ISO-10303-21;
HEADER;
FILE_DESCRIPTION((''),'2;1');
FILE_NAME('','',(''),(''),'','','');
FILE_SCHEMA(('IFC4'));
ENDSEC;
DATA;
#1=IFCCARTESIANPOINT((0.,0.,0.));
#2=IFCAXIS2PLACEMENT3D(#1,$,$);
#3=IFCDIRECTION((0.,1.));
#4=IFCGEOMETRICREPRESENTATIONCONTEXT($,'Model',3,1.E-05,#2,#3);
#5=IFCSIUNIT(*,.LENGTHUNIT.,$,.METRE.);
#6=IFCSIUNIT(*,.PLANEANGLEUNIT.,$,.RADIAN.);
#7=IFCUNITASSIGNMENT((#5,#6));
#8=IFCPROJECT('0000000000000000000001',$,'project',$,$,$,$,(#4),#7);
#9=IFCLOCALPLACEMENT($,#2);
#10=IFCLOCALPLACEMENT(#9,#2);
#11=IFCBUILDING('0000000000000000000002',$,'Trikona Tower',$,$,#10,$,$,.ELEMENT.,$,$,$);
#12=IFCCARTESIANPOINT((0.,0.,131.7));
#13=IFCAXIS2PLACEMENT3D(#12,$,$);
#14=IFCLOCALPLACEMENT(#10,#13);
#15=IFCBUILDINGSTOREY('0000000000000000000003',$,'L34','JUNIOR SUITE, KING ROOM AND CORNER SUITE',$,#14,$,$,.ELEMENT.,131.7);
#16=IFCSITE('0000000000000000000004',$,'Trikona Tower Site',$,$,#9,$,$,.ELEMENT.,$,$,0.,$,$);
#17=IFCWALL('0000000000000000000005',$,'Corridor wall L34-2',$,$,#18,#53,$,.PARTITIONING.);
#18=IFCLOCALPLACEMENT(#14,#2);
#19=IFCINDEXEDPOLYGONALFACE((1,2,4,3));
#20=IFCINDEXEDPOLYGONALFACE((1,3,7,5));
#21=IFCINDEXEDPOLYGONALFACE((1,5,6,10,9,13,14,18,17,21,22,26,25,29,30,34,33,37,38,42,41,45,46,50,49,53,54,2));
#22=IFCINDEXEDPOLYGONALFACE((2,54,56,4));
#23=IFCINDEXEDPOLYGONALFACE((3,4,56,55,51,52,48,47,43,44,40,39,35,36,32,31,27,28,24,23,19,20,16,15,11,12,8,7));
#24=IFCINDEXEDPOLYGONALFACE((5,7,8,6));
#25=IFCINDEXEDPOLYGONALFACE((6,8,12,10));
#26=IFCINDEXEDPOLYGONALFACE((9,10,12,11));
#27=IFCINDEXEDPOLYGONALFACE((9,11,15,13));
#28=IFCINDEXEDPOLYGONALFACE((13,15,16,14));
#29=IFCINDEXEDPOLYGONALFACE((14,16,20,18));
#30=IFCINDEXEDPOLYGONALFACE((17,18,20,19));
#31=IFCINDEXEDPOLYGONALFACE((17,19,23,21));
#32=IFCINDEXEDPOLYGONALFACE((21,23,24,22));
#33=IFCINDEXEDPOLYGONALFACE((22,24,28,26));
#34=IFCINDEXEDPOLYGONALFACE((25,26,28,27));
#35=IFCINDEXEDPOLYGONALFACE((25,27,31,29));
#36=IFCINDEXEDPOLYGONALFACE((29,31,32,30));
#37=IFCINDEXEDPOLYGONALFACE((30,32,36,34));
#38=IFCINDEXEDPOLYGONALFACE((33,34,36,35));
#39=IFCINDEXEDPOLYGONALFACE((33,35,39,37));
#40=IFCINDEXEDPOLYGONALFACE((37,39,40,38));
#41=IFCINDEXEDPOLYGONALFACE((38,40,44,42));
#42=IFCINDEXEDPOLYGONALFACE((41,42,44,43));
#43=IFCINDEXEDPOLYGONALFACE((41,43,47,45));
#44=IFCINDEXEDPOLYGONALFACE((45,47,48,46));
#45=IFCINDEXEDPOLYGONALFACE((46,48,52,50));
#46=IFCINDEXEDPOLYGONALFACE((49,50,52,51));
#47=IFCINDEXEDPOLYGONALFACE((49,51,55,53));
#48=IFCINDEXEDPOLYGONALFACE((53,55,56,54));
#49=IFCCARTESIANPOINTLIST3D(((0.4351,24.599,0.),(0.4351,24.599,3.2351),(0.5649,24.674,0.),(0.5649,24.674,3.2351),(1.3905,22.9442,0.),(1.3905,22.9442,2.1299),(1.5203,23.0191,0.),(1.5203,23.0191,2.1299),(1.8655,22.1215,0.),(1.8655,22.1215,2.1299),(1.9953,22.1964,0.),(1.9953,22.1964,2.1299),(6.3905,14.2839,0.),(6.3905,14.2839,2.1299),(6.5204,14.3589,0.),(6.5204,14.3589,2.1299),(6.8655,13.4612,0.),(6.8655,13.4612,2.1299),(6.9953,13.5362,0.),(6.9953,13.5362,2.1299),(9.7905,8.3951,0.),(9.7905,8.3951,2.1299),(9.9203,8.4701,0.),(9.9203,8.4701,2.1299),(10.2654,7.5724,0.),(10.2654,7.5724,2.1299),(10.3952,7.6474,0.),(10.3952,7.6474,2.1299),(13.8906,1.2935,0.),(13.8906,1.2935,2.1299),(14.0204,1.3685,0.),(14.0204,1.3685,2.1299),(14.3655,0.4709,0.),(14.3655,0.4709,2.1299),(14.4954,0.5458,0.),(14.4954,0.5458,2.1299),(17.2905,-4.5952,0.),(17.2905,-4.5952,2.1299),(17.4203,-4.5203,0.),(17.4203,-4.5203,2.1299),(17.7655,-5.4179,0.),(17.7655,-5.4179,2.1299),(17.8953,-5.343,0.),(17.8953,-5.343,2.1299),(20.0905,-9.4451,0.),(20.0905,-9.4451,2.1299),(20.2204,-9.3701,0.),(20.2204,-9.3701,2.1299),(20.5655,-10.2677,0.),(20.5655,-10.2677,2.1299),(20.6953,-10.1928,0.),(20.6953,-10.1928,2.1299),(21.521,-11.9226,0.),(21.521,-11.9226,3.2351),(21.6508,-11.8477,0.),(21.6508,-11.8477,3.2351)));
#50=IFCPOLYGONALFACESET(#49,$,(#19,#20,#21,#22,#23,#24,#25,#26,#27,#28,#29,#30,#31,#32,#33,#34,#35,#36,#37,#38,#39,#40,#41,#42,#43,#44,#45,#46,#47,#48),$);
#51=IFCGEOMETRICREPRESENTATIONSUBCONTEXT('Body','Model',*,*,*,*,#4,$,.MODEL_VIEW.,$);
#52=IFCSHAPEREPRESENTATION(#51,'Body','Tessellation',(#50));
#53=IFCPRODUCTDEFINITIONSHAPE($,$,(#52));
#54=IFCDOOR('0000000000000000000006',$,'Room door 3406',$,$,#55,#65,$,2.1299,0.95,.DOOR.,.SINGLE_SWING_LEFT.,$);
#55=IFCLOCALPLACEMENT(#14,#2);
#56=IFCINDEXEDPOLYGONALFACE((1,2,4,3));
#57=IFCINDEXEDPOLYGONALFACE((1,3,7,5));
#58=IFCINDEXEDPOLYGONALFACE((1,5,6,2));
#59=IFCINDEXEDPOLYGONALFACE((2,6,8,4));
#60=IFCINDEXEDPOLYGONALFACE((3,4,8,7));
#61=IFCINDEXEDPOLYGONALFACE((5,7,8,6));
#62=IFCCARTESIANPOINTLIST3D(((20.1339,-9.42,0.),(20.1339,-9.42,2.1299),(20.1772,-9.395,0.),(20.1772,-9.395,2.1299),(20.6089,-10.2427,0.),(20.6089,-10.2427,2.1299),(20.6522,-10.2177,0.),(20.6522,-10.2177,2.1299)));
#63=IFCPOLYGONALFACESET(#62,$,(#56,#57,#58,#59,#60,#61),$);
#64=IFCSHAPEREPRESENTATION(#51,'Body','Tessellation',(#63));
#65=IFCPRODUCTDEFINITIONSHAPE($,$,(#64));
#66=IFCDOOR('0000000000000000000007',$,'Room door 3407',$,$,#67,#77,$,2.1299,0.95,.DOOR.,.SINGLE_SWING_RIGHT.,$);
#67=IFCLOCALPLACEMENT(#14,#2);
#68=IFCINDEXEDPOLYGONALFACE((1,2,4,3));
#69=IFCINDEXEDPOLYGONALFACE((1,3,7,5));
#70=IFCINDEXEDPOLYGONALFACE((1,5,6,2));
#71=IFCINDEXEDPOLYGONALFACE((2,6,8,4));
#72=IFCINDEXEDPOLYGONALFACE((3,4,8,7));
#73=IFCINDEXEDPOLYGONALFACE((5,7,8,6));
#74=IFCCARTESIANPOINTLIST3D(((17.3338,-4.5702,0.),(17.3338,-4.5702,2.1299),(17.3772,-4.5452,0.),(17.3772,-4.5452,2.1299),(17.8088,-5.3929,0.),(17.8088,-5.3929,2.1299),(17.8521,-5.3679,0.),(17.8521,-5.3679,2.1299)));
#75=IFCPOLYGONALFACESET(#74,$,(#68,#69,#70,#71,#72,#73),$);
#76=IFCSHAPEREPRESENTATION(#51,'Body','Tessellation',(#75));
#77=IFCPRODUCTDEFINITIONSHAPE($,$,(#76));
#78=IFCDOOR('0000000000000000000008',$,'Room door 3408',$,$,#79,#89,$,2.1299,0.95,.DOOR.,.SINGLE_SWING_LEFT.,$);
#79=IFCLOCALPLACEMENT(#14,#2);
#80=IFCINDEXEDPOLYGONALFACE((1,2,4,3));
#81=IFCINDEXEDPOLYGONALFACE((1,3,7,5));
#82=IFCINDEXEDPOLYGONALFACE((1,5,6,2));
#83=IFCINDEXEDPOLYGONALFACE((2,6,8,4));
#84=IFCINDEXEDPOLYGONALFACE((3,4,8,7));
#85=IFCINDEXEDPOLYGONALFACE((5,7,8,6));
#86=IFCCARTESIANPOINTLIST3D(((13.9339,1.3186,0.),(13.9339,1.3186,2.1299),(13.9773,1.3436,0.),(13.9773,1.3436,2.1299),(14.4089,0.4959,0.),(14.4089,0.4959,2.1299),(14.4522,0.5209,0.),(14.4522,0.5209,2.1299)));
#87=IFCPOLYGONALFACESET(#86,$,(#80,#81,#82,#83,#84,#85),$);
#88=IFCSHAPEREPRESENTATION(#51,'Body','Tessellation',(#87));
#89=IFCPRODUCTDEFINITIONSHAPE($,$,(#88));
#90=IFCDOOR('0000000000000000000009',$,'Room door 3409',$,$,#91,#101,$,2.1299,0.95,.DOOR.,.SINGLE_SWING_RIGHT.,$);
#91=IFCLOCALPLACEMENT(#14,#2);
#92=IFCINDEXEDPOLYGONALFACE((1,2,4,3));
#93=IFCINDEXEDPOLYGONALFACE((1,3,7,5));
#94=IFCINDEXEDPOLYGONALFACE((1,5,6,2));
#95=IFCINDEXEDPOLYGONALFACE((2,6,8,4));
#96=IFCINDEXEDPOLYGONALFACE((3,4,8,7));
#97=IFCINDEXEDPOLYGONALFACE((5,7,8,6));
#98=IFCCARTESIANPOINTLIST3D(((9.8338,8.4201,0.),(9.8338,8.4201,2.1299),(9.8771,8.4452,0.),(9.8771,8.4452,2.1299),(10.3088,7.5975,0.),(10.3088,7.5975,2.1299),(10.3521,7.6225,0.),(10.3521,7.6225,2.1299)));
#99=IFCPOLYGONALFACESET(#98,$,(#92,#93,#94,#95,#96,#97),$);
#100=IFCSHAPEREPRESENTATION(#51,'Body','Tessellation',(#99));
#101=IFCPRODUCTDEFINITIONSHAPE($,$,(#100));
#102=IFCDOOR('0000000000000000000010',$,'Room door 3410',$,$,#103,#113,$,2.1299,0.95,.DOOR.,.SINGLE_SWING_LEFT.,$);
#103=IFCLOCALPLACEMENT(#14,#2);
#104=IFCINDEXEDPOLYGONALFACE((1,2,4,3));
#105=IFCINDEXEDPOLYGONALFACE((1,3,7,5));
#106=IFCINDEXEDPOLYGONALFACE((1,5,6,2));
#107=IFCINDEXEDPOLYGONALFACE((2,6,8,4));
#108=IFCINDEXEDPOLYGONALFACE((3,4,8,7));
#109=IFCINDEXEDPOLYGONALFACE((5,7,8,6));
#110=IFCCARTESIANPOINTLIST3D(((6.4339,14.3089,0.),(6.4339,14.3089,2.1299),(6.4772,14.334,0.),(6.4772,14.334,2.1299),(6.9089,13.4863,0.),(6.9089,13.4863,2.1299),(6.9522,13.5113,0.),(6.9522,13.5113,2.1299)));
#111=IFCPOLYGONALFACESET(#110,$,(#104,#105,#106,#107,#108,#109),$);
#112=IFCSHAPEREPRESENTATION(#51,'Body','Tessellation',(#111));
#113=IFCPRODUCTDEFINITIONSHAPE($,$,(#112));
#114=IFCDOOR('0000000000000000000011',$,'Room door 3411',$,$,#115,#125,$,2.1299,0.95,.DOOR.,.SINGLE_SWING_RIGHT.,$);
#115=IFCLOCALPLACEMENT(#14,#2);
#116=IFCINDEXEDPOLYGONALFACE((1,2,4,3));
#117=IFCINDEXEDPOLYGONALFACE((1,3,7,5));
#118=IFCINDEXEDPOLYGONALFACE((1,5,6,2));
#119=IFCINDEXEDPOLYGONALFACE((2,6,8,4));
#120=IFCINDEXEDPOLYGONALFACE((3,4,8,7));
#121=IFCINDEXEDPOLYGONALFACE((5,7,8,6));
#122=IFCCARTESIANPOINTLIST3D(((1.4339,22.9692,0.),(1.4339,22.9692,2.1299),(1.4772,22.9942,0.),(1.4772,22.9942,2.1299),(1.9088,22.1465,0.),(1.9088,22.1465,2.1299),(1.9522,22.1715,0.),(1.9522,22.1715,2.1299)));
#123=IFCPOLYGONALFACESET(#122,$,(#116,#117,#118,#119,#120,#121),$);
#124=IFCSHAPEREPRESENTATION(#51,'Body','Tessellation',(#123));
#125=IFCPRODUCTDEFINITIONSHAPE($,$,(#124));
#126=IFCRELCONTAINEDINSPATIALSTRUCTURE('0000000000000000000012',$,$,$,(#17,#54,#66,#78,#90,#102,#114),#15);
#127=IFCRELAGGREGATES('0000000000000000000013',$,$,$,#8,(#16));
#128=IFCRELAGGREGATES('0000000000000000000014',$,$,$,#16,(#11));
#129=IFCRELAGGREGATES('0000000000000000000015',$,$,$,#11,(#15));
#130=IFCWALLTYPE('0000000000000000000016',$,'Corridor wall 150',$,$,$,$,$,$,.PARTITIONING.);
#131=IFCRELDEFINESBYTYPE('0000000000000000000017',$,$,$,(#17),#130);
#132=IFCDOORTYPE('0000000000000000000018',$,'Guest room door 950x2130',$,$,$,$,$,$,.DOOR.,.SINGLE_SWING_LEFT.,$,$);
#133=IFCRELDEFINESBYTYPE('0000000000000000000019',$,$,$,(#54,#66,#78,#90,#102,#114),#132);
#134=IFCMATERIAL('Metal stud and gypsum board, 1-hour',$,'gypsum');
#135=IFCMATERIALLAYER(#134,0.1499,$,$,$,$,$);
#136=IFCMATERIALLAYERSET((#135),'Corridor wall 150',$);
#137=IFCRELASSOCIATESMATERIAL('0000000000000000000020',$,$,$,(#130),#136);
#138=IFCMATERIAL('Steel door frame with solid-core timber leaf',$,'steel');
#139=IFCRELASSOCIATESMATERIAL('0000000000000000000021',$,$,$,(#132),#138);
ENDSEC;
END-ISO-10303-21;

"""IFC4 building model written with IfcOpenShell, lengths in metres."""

from ifc_helpers import new_model, si_unit, direction, frame, frame_2d, origin, place, context, subcontext, project, spatial, rectangle, extrude, material, layer, layer_set, type_object, element, fill, save


model = new_model("IFC4")

# Units and contexts
model_context = context("Model", 3, precision=1e-05, world=origin(), true_north=direction((0.0, 1.0)))
body_context = subcontext(model_context, "Body", "Model", "MODEL_VIEW")
ifc_project = project(units=[si_unit("LENGTHUNIT", "METRE"), si_unit("PLANEANGLEUNIT", "RADIAN")], contexts=[model_context])

# Site, building, storey
site_placement = place(None, origin())
site = spatial("IfcSite", under=ifc_project, at=site_placement, Name="Trikona Tower Site", CompositionType="ELEMENT", RefElevation=0.0)
building_placement = place(site_placement, origin())
building = spatial("IfcBuilding", under=site, at=building_placement, Name="Trikona Tower", CompositionType="ELEMENT")
storey_placement = place(building_placement, frame((0.0, 0.0, 131.7)))
storey = spatial("IfcBuildingStorey", under=building, at=storey_placement, Name="L34", Description="JUNIOR SUITE, KING ROOM AND CORNER SUITE", CompositionType="ELEMENT", Elevation=131.7)

# Wall, openings, doors
ifc_material_1 = material(Name="Metal stud and gypsum board, 1-hour", Category="gypsum")
ifc_layer_1 = layer(ifc_material_1, 0.1499)
ifc_layer_set_1 = layer_set([ifc_layer_1], Name="Corridor wall 150")
wall_type_1 = type_object("IfcWallType", Name="Corridor wall 150", PredefinedType="PARTITIONING", material=ifc_layer_set_1)
wall_1_placement = place(storey_placement, frame((21.5859, -11.8853, 0.0), z_axis=(0.0, 0.0, 1.0), x_axis=(-0.500002, 0.866024, 0.0)))
wall_1 = element("IfcWall", 1, at=wall_1_placement, inside=storey, type_object=wall_type_1, Name="Corridor wall L34-2", PredefinedType="PARTITIONING", context=body_context, shape_type="SweptSolid", body=[
    extrude(rectangle(XDim=42.1716, YDim=0.1499, at=frame_2d((21.0859, 0.0))), origin(), (0.0, 0.0, 1.0), 3.2351),
])
opening_1_placement = place(wall_1_placement, frame((1.9109, 0.0, 0.0)))
opening_1 = element("IfcOpeningElement", 2, at=opening_1_placement, cuts=wall_1, PredefinedType="OPENING", context=body_context, shape_type="SweptSolid", body=[
    extrude(rectangle(XDim=0.95, YDim=2.1299, at=frame_2d((0.4751, 1.0649))), frame((0.0, 0.085, 0.0), z_axis=(0.0, -1.0, 0.0), x_axis=(1.0, 0.0, 0.0)), (0.0, 0.0, 1.0), 0.1699),
])
opening_2_placement = place(wall_1_placement, frame((7.511, 0.0, 0.0)))
opening_2 = element("IfcOpeningElement", 3, at=opening_2_placement, cuts=wall_1, PredefinedType="OPENING", context=body_context, shape_type="SweptSolid", body=[
    extrude(rectangle(XDim=0.95, YDim=2.1299, at=frame_2d((0.4751, 1.0649))), frame((0.0, 0.085, 0.0), z_axis=(0.0, -1.0, 0.0), x_axis=(1.0, 0.0, 0.0)), (0.0, 0.0, 1.0), 0.1699),
])
opening_3_placement = place(wall_1_placement, frame((14.3108, 0.0, 0.0)))
opening_3 = element("IfcOpeningElement", 4, at=opening_3_placement, cuts=wall_1, PredefinedType="OPENING", context=body_context, shape_type="SweptSolid", body=[
    extrude(rectangle(XDim=0.95, YDim=2.1299, at=frame_2d((0.4751, 1.0649))), frame((0.0, 0.085, 0.0), z_axis=(0.0, -1.0, 0.0), x_axis=(1.0, 0.0, 0.0)), (0.0, 0.0, 1.0), 0.1699),
])
opening_4_placement = place(wall_1_placement, frame((22.511, 0.0, 0.0)))
opening_4 = element("IfcOpeningElement", 5, at=opening_4_placement, cuts=wall_1, PredefinedType="OPENING", context=body_context, shape_type="SweptSolid", body=[
    extrude(rectangle(XDim=0.95, YDim=2.1299, at=frame_2d((0.4751, 1.0649))), frame((0.0, 0.085, 0.0), z_axis=(0.0, -1.0, 0.0), x_axis=(1.0, 0.0, 0.0)), (0.0, 0.0, 1.0), 0.1699),
])
opening_5_placement = place(wall_1_placement, frame((29.3108, 0.0, 0.0)))
opening_5 = element("IfcOpeningElement", 6, at=opening_5_placement, cuts=wall_1, PredefinedType="OPENING", context=body_context, shape_type="SweptSolid", body=[
    extrude(rectangle(XDim=0.95, YDim=2.1299, at=frame_2d((0.4751, 1.0649))), frame((0.0, 0.085, 0.0), z_axis=(0.0, -1.0, 0.0), x_axis=(1.0, 0.0, 0.0)), (0.0, 0.0, 1.0), 0.1699),
])
opening_6_placement = place(wall_1_placement, frame((39.3108, 0.0, 0.0)))
opening_6 = element("IfcOpeningElement", 7, at=opening_6_placement, cuts=wall_1, PredefinedType="OPENING", context=body_context, shape_type="SweptSolid", body=[
    extrude(rectangle(XDim=0.95, YDim=2.1299, at=frame_2d((0.4751, 1.0649))), frame((0.0, 0.085, 0.0), z_axis=(0.0, -1.0, 0.0), x_axis=(1.0, 0.0, 0.0)), (0.0, 0.0, 1.0), 0.1699),
])
ifc_material_2 = material(Name="Steel door frame with solid-core timber leaf", Category="steel")
door_type = type_object("IfcDoorType", Name="Guest room door 950x2130", OperationType="SINGLE_SWING_LEFT", PredefinedType="DOOR", material=ifc_material_2)
door_1_placement = place(opening_1_placement, origin())
door_1 = element("IfcDoor", 8, at=door_1_placement, inside=storey, type_object=door_type, Name="Room door 3406", OperationType="SINGLE_SWING_LEFT", OverallHeight=2.1299, OverallWidth=0.95, PredefinedType="DOOR", context=body_context, shape_type="SweptSolid", body=[
    extrude(rectangle(XDim=0.95, YDim=2.1299, at=frame_2d((0.4751, 1.0649))), frame((0.0, 0.0249, 0.0), z_axis=(0.0, -1.0, 0.0), x_axis=(1.0, 0.0, 0.0)), (0.0, 0.0, 1.0), 0.05),
])
fill(opening_1, door_1)
door_2_placement = place(opening_2_placement, origin())
door_2 = element("IfcDoor", 9, at=door_2_placement, inside=storey, type_object=door_type, Name="Room door 3407", OperationType="SINGLE_SWING_RIGHT", OverallHeight=2.1299, OverallWidth=0.95, PredefinedType="DOOR", context=body_context, shape_type="SweptSolid", body=[
    extrude(rectangle(XDim=0.95, YDim=2.1299, at=frame_2d((0.4751, 1.0649))), frame((0.0, 0.0249, 0.0), z_axis=(0.0, -1.0, 0.0), x_axis=(1.0, 0.0, 0.0)), (0.0, 0.0, 1.0), 0.05),
])
fill(opening_2, door_2)
door_3_placement = place(opening_3_placement, origin())
door_3 = element("IfcDoor", 10, at=door_3_placement, inside=storey, type_object=door_type, Name="Room door 3408", OperationType="SINGLE_SWING_LEFT", OverallHeight=2.1299, OverallWidth=0.95, PredefinedType="DOOR", context=body_context, shape_type="SweptSolid", body=[
    extrude(rectangle(XDim=0.95, YDim=2.1299, at=frame_2d((0.4751, 1.0649))), frame((0.0, 0.0249, 0.0), z_axis=(0.0, -1.0, 0.0), x_axis=(1.0, 0.0, 0.0)), (0.0, 0.0, 1.0), 0.05),
])
fill(opening_3, door_3)
door_4_placement = place(opening_4_placement, origin())
door_4 = element("IfcDoor", 11, at=door_4_placement, inside=storey, type_object=door_type, Name="Room door 3409", OperationType="SINGLE_SWING_RIGHT", OverallHeight=2.1299, OverallWidth=0.95, PredefinedType="DOOR", context=body_context, shape_type="SweptSolid", body=[
    extrude(rectangle(XDim=0.95, YDim=2.1299, at=frame_2d((0.4751, 1.0649))), frame((0.0, 0.0249, 0.0), z_axis=(0.0, -1.0, 0.0), x_axis=(1.0, 0.0, 0.0)), (0.0, 0.0, 1.0), 0.05),
])
fill(opening_4, door_4)
door_5_placement = place(opening_5_placement, origin())
door_5 = element("IfcDoor", 12, at=door_5_placement, inside=storey, type_object=door_type, Name="Room door 3410", OperationType="SINGLE_SWING_LEFT", OverallHeight=2.1299, OverallWidth=0.95, PredefinedType="DOOR", context=body_context, shape_type="SweptSolid", body=[
    extrude(rectangle(XDim=0.95, YDim=2.1299, at=frame_2d((0.4751, 1.0649))), frame((0.0, 0.0249, 0.0), z_axis=(0.0, -1.0, 0.0), x_axis=(1.0, 0.0, 0.0)), (0.0, 0.0, 1.0), 0.05),
])
fill(opening_5, door_5)
door_6_placement = place(opening_6_placement, origin())
door_6 = element("IfcDoor", 13, at=door_6_placement, inside=storey, type_object=door_type, Name="Room door 3411", OperationType="SINGLE_SWING_RIGHT", OverallHeight=2.1299, OverallWidth=0.95, PredefinedType="DOOR", context=body_context, shape_type="SweptSolid", body=[
    extrude(rectangle(XDim=0.95, YDim=2.1299, at=frame_2d((0.4751, 1.0649))), frame((0.0, 0.0249, 0.0), z_axis=(0.0, -1.0, 0.0), x_axis=(1.0, 0.0, 0.0)), (0.0, 0.0, 1.0), 0.05),
])
fill(opening_6, door_6)

save(model, "model.ifc")
